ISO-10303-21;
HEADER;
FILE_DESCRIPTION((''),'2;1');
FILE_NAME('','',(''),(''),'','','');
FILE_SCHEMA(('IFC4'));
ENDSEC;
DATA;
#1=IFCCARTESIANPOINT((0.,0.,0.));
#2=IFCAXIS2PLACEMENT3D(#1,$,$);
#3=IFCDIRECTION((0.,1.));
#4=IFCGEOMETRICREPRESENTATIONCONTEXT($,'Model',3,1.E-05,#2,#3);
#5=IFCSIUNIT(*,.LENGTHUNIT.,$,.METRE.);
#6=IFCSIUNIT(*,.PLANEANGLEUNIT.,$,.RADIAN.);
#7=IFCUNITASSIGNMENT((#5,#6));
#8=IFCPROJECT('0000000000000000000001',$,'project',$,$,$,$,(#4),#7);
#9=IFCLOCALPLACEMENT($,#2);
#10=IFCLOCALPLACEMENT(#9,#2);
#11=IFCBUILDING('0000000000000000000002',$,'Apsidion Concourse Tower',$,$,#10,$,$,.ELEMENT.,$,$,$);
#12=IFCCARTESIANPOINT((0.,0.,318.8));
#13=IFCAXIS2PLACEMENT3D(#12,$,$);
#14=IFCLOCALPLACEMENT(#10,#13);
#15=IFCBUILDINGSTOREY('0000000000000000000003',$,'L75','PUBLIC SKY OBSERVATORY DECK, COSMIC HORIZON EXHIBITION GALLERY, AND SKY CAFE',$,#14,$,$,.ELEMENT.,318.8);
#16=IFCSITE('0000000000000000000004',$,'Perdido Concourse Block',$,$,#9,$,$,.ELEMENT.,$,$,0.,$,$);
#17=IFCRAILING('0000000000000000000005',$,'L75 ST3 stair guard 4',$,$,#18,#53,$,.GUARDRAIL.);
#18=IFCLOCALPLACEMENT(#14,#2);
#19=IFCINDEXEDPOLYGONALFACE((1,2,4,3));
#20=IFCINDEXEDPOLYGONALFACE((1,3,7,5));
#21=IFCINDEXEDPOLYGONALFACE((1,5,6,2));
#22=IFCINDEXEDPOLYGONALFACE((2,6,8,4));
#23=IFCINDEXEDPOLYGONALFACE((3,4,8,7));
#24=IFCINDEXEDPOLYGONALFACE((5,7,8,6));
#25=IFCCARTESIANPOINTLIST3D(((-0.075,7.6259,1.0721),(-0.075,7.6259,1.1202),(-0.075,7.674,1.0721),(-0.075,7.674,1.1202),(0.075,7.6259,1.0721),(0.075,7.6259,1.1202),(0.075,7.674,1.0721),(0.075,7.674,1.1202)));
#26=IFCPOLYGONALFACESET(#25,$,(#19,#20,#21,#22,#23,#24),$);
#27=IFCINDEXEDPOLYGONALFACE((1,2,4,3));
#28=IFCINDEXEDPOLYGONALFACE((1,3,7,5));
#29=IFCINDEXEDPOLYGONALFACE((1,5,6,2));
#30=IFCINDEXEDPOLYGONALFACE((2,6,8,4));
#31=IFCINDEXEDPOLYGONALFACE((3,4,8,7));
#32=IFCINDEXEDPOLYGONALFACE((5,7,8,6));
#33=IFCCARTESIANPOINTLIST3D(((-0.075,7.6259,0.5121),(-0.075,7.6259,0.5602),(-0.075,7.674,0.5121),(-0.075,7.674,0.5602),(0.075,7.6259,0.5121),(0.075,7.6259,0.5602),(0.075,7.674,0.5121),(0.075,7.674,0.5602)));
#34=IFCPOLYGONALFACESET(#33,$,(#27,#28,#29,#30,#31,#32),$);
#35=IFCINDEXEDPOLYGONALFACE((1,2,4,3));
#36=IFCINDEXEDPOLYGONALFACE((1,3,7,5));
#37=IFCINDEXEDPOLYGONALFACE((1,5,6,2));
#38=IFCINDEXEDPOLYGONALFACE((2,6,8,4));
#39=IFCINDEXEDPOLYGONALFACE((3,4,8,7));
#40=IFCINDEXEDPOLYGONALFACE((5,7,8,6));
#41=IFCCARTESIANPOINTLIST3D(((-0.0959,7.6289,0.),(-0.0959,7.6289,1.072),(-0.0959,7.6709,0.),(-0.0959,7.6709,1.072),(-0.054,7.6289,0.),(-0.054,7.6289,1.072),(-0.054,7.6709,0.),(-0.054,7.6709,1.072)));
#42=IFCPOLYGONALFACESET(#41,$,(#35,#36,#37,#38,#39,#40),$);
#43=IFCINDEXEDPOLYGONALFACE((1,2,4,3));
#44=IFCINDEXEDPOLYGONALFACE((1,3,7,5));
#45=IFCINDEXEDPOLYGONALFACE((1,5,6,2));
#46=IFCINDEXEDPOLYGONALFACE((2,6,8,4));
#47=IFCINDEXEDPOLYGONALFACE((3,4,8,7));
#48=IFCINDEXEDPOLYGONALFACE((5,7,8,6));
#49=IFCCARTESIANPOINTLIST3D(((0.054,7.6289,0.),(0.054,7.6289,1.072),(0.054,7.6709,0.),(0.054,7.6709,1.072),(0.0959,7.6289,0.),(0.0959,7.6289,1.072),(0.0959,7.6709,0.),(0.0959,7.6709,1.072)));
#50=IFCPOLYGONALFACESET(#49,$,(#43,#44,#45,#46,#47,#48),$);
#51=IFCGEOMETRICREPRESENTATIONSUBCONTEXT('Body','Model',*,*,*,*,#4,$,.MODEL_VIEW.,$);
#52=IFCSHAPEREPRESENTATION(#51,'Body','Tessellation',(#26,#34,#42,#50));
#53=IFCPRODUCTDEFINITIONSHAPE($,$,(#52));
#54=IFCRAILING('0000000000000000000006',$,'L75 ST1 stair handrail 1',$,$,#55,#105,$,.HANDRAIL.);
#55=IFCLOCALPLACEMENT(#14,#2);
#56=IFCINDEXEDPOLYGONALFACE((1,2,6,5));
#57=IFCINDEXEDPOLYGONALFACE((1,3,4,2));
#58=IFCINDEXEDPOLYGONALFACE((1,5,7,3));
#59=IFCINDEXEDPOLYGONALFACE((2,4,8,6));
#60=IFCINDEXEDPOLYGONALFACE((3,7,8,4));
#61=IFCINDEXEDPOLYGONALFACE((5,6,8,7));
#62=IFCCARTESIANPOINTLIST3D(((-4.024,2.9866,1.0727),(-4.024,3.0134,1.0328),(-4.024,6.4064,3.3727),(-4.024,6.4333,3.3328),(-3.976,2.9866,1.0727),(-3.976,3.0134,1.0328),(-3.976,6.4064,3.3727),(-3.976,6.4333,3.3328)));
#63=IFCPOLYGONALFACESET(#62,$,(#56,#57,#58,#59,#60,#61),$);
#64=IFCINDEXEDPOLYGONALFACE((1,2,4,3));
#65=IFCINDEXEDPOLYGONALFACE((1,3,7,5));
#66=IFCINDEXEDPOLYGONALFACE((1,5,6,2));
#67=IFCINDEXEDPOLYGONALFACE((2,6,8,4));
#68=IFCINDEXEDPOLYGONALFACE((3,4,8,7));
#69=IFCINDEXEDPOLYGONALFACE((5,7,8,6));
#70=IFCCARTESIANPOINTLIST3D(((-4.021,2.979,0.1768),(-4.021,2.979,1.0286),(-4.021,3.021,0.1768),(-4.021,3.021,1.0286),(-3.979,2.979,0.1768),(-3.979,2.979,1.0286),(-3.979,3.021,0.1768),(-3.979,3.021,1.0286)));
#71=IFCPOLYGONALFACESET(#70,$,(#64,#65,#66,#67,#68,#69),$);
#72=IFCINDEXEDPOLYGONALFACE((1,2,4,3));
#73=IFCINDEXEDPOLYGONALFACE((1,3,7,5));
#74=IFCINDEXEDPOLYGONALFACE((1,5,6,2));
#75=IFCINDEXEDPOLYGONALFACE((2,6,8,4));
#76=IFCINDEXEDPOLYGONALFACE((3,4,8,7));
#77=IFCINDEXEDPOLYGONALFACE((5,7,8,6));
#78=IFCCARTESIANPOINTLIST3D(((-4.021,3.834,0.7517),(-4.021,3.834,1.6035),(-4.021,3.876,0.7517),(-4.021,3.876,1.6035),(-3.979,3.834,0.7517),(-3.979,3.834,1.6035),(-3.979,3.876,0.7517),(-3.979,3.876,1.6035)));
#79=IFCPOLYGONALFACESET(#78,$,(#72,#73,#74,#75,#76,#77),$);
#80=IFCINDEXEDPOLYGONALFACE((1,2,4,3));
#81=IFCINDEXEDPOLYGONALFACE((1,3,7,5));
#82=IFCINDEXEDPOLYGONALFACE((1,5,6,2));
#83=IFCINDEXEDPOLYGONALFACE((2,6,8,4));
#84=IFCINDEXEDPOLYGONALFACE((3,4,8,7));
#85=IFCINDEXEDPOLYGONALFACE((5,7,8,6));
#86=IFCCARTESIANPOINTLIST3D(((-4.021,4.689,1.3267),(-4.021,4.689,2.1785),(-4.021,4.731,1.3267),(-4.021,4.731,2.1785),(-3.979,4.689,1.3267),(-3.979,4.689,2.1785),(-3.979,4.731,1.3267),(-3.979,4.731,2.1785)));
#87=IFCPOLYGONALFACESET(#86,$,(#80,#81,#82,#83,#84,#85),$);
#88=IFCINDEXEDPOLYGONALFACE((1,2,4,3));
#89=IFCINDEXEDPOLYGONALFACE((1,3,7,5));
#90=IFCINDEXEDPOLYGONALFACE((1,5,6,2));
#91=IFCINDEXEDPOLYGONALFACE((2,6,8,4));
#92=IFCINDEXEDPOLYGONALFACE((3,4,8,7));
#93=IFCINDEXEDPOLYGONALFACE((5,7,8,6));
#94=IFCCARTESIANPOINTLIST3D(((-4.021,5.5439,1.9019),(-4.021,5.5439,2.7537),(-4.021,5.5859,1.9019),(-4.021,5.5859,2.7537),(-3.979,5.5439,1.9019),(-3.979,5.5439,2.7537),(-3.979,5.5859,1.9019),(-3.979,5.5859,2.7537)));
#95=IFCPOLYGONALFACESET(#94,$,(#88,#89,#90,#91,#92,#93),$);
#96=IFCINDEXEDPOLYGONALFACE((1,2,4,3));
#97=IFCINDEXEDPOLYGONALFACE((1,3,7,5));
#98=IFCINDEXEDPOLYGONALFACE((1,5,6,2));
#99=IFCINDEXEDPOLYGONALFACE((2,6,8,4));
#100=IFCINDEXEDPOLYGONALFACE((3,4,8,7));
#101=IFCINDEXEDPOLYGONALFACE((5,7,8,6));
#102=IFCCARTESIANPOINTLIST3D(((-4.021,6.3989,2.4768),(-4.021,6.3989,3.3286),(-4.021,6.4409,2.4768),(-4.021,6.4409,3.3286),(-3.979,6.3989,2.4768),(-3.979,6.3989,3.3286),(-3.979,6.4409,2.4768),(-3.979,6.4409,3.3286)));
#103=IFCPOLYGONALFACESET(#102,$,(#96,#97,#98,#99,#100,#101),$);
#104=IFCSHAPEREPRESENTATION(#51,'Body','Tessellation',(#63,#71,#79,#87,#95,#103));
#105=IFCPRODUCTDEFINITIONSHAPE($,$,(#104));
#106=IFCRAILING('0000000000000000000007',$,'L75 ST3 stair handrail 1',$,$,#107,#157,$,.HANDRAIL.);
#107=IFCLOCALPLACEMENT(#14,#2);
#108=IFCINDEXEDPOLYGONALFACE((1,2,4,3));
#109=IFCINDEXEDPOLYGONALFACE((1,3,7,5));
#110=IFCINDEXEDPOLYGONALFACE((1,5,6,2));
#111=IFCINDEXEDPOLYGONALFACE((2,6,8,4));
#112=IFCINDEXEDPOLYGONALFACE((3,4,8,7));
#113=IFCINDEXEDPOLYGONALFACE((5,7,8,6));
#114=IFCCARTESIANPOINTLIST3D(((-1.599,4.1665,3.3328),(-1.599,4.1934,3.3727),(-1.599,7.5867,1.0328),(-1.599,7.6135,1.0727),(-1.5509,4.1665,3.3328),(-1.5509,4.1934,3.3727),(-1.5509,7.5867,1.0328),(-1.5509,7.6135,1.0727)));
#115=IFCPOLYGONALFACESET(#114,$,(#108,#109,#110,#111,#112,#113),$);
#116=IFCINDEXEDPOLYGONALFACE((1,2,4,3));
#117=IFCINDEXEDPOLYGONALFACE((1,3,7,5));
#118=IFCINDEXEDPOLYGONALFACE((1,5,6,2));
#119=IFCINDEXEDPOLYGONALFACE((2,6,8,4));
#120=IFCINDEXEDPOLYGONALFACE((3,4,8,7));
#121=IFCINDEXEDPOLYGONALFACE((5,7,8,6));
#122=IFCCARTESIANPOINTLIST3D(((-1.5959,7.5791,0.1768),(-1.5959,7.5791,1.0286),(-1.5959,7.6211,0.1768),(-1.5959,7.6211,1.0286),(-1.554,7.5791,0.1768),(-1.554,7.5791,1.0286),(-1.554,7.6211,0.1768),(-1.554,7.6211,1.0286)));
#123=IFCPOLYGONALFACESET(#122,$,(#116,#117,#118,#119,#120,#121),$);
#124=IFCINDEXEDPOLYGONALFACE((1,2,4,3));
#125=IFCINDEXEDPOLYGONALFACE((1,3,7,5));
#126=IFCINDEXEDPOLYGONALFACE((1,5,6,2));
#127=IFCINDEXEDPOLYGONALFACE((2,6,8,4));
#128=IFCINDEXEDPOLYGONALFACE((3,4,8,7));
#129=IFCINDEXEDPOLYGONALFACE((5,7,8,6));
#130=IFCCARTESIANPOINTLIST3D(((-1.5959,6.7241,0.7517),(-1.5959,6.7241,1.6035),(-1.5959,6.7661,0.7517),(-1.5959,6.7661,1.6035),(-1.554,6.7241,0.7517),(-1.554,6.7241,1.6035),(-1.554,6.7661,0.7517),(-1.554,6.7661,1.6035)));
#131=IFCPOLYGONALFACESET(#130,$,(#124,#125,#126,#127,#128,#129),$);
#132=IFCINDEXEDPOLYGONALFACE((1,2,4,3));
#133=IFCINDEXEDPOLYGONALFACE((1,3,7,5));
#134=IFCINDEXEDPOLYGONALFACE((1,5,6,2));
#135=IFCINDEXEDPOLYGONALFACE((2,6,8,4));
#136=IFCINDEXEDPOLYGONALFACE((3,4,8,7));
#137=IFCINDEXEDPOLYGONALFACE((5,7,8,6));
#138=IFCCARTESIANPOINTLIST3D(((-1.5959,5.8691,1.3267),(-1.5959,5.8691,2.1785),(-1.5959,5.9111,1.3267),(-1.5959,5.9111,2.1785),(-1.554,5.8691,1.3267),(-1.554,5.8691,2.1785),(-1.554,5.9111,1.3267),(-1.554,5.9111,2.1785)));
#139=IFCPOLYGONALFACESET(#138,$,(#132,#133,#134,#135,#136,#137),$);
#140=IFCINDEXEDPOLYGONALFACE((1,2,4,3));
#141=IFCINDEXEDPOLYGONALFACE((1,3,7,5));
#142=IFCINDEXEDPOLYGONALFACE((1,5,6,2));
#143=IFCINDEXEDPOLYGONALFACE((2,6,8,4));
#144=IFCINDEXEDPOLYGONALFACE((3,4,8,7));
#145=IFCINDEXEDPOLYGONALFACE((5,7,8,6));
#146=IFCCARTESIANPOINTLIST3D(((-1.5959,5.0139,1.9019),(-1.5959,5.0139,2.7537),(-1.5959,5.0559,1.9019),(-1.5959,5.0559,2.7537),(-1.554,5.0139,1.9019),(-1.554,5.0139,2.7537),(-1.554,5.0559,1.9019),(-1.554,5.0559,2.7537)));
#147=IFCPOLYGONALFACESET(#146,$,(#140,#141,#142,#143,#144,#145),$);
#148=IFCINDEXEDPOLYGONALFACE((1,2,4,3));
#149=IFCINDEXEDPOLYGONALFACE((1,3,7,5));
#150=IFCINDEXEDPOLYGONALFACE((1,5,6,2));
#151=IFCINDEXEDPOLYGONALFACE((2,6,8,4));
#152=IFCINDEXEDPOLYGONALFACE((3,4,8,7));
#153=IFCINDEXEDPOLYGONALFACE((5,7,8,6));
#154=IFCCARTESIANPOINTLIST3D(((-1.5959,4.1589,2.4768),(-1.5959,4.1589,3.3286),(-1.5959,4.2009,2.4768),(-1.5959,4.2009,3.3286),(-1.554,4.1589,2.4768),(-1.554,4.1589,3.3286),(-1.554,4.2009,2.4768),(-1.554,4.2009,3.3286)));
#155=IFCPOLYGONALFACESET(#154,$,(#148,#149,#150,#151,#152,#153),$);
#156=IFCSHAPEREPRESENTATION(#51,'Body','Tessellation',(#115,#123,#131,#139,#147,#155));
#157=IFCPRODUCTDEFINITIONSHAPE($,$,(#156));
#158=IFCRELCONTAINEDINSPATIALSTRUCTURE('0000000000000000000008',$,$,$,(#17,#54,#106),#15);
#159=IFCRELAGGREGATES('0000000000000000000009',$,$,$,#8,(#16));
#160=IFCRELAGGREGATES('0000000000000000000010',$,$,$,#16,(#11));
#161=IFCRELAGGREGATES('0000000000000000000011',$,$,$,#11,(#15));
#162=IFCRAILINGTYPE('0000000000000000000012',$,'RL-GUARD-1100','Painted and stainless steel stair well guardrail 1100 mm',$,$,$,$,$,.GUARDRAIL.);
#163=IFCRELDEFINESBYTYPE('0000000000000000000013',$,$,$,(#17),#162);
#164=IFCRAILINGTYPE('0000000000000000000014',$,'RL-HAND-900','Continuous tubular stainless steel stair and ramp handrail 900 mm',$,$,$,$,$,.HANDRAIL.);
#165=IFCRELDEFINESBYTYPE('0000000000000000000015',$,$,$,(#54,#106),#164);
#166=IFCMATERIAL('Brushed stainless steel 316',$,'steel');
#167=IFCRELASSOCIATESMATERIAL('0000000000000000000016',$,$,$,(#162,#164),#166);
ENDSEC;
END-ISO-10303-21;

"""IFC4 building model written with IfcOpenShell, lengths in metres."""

from ifc_helpers import new_model, si_unit, direction, frame, origin, origin_2d, place, context, subcontext, project, spatial, rectangle, extrude, material, type_object, element, save


model = new_model("IFC4")

# Units and contexts
model_context = context("Model", 3, precision=1e-05, world=origin(), true_north=direction((0.0, 1.0)))
body_context = subcontext(model_context, "Body", "Model", "MODEL_VIEW")
ifc_project = project(units=[si_unit("LENGTHUNIT", "METRE"), si_unit("PLANEANGLEUNIT", "RADIAN")], contexts=[model_context])

# Site, building, storey
site_placement = place(None, origin())
site = spatial("IfcSite", under=ifc_project, at=site_placement, Name="Perdido Concourse Block", CompositionType="ELEMENT", RefElevation=0.0)
building_placement = place(site_placement, origin())
building = spatial("IfcBuilding", under=site, at=building_placement, Name="Apsidion Concourse Tower", CompositionType="ELEMENT")
storey_placement = place(building_placement, frame((0.0, 0.0, 318.8)))
storey = spatial("IfcBuildingStorey", under=building, at=storey_placement, Name="L75", Description="PUBLIC SKY OBSERVATORY DECK, COSMIC HORIZON EXHIBITION GALLERY, AND SKY CAFE", CompositionType="ELEMENT", Elevation=318.8)

# Shared definitions
ifc_material_1 = material(Name="Brushed stainless steel 316", Category="steel")

# Railings
railing_type_1 = type_object("IfcRailingType", Name="RL-GUARD-1100", Description="Painted and stainless steel stair well guardrail 1100 mm", PredefinedType="GUARDRAIL", material=ifc_material_1)
for number, where, name in (
    (1, (-0.075, 7.6499, 0.0), "L75 ST3 stair guard 4"),
):
    element("IfcRailing", number, at=place(storey_placement, frame(where)), inside=storey, type_object=railing_type_1, Name=name, PredefinedType="GUARDRAIL", context=body_context, shape_type="SweptSolid", body=[
        extrude(rectangle(XDim=0.0481, YDim=0.0481, at=origin_2d()), frame((0.0, 0.0, 1.0962), z_axis=(1.0, 0.0, 0.0), x_axis=(0.0, 1.0, 0.0)), (0.0, 0.0, 1.0), 0.1499),
        extrude(rectangle(XDim=0.0481, YDim=0.0481, at=origin_2d()), frame((0.0, 0.0, 0.5361), z_axis=(1.0, 0.0, 0.0), x_axis=(0.0, 1.0, 0.0)), (0.0, 0.0, 1.0), 0.1499),
        extrude(rectangle(XDim=0.042, YDim=0.042, at=origin_2d()), origin(), (0.0, 0.0, 1.0), 1.072),
        extrude(rectangle(XDim=0.042, YDim=0.042, at=origin_2d()), frame((0.1499, 0.0, 0.0)), (0.0, 0.0, 1.0), 1.072),
    ])
railing_type_2 = type_object("IfcRailingType", Name="RL-HAND-900", Description="Continuous tubular stainless steel stair and ramp handrail 900 mm", PredefinedType="HANDRAIL", material=ifc_material_1)
railing_1_placement = place(storey_placement, frame((-4.0, 3.0, 0.1768)))
element("IfcRailing", 2, at=railing_1_placement, inside=storey, type_object=railing_type_2, Name="L75 ST1 stair handrail 1", PredefinedType="HANDRAIL", context=body_context, shape_type="SweptSolid", body=[
    extrude(rectangle(XDim=0.0481, YDim=0.0481, at=origin_2d()), frame((0.0, 0.0, 0.876), z_axis=(0.0, 0.829792, 0.558072), x_axis=(-1.0, 0.0, 0.0)), (0.0, 0.0, 1.0), 4.1213),
    extrude(rectangle(XDim=0.042, YDim=0.042, at=origin_2d()), origin(), (0.0, 0.0, 1.0), 0.8518),
    extrude(rectangle(XDim=0.042, YDim=0.042, at=origin_2d()), frame((0.0, 0.855, 0.575)), (0.0, 0.0, 1.0), 0.8518),
    extrude(rectangle(XDim=0.042, YDim=0.042, at=origin_2d()), frame((0.0, 1.71, 1.1499)), (0.0, 0.0, 1.0), 0.8518),
    extrude(rectangle(XDim=0.042, YDim=0.042, at=origin_2d()), frame((0.0, 2.5649, 1.7251)), (0.0, 0.0, 1.0), 0.8518),
    extrude(rectangle(XDim=0.042, YDim=0.042, at=origin_2d()), frame((0.0, 3.4199, 2.3)), (0.0, 0.0, 1.0), 0.8518),
])
railing_2_placement = place(storey_placement, frame((-1.575, 7.6001, 0.1768)))
element("IfcRailing", 3, at=railing_2_placement, inside=storey, type_object=railing_type_2, Name="L75 ST3 stair handrail 1", PredefinedType="HANDRAIL", context=body_context, shape_type="SweptSolid", body=[
    extrude(rectangle(XDim=0.0481, YDim=0.0481, at=origin_2d()), frame((0.0, 0.0, 0.876), z_axis=(0.0, -0.829811, 0.558045), x_axis=(1.0, 0.0, 0.0)), (0.0, 0.0, 1.0), 4.1216),
    extrude(rectangle(XDim=0.042, YDim=0.042, at=origin_2d()), origin(), (0.0, 0.0, 1.0), 0.8518),
    extrude(rectangle(XDim=0.042, YDim=0.042, at=origin_2d()), frame((0.0, -0.855, 0.575)), (0.0, 0.0, 1.0), 0.8518),
    extrude(rectangle(XDim=0.042, YDim=0.042, at=origin_2d()), frame((0.0, -1.71, 1.1499)), (0.0, 0.0, 1.0), 0.8518),
    extrude(rectangle(XDim=0.042, YDim=0.042, at=origin_2d()), frame((0.0, -2.5652, 1.7251)), (0.0, 0.0, 1.0), 0.8518),
    extrude(rectangle(XDim=0.042, YDim=0.042, at=origin_2d()), frame((0.0, -3.4202, 2.3)), (0.0, 0.0, 1.0), 0.8518),
])

save(model, "model.ifc")
